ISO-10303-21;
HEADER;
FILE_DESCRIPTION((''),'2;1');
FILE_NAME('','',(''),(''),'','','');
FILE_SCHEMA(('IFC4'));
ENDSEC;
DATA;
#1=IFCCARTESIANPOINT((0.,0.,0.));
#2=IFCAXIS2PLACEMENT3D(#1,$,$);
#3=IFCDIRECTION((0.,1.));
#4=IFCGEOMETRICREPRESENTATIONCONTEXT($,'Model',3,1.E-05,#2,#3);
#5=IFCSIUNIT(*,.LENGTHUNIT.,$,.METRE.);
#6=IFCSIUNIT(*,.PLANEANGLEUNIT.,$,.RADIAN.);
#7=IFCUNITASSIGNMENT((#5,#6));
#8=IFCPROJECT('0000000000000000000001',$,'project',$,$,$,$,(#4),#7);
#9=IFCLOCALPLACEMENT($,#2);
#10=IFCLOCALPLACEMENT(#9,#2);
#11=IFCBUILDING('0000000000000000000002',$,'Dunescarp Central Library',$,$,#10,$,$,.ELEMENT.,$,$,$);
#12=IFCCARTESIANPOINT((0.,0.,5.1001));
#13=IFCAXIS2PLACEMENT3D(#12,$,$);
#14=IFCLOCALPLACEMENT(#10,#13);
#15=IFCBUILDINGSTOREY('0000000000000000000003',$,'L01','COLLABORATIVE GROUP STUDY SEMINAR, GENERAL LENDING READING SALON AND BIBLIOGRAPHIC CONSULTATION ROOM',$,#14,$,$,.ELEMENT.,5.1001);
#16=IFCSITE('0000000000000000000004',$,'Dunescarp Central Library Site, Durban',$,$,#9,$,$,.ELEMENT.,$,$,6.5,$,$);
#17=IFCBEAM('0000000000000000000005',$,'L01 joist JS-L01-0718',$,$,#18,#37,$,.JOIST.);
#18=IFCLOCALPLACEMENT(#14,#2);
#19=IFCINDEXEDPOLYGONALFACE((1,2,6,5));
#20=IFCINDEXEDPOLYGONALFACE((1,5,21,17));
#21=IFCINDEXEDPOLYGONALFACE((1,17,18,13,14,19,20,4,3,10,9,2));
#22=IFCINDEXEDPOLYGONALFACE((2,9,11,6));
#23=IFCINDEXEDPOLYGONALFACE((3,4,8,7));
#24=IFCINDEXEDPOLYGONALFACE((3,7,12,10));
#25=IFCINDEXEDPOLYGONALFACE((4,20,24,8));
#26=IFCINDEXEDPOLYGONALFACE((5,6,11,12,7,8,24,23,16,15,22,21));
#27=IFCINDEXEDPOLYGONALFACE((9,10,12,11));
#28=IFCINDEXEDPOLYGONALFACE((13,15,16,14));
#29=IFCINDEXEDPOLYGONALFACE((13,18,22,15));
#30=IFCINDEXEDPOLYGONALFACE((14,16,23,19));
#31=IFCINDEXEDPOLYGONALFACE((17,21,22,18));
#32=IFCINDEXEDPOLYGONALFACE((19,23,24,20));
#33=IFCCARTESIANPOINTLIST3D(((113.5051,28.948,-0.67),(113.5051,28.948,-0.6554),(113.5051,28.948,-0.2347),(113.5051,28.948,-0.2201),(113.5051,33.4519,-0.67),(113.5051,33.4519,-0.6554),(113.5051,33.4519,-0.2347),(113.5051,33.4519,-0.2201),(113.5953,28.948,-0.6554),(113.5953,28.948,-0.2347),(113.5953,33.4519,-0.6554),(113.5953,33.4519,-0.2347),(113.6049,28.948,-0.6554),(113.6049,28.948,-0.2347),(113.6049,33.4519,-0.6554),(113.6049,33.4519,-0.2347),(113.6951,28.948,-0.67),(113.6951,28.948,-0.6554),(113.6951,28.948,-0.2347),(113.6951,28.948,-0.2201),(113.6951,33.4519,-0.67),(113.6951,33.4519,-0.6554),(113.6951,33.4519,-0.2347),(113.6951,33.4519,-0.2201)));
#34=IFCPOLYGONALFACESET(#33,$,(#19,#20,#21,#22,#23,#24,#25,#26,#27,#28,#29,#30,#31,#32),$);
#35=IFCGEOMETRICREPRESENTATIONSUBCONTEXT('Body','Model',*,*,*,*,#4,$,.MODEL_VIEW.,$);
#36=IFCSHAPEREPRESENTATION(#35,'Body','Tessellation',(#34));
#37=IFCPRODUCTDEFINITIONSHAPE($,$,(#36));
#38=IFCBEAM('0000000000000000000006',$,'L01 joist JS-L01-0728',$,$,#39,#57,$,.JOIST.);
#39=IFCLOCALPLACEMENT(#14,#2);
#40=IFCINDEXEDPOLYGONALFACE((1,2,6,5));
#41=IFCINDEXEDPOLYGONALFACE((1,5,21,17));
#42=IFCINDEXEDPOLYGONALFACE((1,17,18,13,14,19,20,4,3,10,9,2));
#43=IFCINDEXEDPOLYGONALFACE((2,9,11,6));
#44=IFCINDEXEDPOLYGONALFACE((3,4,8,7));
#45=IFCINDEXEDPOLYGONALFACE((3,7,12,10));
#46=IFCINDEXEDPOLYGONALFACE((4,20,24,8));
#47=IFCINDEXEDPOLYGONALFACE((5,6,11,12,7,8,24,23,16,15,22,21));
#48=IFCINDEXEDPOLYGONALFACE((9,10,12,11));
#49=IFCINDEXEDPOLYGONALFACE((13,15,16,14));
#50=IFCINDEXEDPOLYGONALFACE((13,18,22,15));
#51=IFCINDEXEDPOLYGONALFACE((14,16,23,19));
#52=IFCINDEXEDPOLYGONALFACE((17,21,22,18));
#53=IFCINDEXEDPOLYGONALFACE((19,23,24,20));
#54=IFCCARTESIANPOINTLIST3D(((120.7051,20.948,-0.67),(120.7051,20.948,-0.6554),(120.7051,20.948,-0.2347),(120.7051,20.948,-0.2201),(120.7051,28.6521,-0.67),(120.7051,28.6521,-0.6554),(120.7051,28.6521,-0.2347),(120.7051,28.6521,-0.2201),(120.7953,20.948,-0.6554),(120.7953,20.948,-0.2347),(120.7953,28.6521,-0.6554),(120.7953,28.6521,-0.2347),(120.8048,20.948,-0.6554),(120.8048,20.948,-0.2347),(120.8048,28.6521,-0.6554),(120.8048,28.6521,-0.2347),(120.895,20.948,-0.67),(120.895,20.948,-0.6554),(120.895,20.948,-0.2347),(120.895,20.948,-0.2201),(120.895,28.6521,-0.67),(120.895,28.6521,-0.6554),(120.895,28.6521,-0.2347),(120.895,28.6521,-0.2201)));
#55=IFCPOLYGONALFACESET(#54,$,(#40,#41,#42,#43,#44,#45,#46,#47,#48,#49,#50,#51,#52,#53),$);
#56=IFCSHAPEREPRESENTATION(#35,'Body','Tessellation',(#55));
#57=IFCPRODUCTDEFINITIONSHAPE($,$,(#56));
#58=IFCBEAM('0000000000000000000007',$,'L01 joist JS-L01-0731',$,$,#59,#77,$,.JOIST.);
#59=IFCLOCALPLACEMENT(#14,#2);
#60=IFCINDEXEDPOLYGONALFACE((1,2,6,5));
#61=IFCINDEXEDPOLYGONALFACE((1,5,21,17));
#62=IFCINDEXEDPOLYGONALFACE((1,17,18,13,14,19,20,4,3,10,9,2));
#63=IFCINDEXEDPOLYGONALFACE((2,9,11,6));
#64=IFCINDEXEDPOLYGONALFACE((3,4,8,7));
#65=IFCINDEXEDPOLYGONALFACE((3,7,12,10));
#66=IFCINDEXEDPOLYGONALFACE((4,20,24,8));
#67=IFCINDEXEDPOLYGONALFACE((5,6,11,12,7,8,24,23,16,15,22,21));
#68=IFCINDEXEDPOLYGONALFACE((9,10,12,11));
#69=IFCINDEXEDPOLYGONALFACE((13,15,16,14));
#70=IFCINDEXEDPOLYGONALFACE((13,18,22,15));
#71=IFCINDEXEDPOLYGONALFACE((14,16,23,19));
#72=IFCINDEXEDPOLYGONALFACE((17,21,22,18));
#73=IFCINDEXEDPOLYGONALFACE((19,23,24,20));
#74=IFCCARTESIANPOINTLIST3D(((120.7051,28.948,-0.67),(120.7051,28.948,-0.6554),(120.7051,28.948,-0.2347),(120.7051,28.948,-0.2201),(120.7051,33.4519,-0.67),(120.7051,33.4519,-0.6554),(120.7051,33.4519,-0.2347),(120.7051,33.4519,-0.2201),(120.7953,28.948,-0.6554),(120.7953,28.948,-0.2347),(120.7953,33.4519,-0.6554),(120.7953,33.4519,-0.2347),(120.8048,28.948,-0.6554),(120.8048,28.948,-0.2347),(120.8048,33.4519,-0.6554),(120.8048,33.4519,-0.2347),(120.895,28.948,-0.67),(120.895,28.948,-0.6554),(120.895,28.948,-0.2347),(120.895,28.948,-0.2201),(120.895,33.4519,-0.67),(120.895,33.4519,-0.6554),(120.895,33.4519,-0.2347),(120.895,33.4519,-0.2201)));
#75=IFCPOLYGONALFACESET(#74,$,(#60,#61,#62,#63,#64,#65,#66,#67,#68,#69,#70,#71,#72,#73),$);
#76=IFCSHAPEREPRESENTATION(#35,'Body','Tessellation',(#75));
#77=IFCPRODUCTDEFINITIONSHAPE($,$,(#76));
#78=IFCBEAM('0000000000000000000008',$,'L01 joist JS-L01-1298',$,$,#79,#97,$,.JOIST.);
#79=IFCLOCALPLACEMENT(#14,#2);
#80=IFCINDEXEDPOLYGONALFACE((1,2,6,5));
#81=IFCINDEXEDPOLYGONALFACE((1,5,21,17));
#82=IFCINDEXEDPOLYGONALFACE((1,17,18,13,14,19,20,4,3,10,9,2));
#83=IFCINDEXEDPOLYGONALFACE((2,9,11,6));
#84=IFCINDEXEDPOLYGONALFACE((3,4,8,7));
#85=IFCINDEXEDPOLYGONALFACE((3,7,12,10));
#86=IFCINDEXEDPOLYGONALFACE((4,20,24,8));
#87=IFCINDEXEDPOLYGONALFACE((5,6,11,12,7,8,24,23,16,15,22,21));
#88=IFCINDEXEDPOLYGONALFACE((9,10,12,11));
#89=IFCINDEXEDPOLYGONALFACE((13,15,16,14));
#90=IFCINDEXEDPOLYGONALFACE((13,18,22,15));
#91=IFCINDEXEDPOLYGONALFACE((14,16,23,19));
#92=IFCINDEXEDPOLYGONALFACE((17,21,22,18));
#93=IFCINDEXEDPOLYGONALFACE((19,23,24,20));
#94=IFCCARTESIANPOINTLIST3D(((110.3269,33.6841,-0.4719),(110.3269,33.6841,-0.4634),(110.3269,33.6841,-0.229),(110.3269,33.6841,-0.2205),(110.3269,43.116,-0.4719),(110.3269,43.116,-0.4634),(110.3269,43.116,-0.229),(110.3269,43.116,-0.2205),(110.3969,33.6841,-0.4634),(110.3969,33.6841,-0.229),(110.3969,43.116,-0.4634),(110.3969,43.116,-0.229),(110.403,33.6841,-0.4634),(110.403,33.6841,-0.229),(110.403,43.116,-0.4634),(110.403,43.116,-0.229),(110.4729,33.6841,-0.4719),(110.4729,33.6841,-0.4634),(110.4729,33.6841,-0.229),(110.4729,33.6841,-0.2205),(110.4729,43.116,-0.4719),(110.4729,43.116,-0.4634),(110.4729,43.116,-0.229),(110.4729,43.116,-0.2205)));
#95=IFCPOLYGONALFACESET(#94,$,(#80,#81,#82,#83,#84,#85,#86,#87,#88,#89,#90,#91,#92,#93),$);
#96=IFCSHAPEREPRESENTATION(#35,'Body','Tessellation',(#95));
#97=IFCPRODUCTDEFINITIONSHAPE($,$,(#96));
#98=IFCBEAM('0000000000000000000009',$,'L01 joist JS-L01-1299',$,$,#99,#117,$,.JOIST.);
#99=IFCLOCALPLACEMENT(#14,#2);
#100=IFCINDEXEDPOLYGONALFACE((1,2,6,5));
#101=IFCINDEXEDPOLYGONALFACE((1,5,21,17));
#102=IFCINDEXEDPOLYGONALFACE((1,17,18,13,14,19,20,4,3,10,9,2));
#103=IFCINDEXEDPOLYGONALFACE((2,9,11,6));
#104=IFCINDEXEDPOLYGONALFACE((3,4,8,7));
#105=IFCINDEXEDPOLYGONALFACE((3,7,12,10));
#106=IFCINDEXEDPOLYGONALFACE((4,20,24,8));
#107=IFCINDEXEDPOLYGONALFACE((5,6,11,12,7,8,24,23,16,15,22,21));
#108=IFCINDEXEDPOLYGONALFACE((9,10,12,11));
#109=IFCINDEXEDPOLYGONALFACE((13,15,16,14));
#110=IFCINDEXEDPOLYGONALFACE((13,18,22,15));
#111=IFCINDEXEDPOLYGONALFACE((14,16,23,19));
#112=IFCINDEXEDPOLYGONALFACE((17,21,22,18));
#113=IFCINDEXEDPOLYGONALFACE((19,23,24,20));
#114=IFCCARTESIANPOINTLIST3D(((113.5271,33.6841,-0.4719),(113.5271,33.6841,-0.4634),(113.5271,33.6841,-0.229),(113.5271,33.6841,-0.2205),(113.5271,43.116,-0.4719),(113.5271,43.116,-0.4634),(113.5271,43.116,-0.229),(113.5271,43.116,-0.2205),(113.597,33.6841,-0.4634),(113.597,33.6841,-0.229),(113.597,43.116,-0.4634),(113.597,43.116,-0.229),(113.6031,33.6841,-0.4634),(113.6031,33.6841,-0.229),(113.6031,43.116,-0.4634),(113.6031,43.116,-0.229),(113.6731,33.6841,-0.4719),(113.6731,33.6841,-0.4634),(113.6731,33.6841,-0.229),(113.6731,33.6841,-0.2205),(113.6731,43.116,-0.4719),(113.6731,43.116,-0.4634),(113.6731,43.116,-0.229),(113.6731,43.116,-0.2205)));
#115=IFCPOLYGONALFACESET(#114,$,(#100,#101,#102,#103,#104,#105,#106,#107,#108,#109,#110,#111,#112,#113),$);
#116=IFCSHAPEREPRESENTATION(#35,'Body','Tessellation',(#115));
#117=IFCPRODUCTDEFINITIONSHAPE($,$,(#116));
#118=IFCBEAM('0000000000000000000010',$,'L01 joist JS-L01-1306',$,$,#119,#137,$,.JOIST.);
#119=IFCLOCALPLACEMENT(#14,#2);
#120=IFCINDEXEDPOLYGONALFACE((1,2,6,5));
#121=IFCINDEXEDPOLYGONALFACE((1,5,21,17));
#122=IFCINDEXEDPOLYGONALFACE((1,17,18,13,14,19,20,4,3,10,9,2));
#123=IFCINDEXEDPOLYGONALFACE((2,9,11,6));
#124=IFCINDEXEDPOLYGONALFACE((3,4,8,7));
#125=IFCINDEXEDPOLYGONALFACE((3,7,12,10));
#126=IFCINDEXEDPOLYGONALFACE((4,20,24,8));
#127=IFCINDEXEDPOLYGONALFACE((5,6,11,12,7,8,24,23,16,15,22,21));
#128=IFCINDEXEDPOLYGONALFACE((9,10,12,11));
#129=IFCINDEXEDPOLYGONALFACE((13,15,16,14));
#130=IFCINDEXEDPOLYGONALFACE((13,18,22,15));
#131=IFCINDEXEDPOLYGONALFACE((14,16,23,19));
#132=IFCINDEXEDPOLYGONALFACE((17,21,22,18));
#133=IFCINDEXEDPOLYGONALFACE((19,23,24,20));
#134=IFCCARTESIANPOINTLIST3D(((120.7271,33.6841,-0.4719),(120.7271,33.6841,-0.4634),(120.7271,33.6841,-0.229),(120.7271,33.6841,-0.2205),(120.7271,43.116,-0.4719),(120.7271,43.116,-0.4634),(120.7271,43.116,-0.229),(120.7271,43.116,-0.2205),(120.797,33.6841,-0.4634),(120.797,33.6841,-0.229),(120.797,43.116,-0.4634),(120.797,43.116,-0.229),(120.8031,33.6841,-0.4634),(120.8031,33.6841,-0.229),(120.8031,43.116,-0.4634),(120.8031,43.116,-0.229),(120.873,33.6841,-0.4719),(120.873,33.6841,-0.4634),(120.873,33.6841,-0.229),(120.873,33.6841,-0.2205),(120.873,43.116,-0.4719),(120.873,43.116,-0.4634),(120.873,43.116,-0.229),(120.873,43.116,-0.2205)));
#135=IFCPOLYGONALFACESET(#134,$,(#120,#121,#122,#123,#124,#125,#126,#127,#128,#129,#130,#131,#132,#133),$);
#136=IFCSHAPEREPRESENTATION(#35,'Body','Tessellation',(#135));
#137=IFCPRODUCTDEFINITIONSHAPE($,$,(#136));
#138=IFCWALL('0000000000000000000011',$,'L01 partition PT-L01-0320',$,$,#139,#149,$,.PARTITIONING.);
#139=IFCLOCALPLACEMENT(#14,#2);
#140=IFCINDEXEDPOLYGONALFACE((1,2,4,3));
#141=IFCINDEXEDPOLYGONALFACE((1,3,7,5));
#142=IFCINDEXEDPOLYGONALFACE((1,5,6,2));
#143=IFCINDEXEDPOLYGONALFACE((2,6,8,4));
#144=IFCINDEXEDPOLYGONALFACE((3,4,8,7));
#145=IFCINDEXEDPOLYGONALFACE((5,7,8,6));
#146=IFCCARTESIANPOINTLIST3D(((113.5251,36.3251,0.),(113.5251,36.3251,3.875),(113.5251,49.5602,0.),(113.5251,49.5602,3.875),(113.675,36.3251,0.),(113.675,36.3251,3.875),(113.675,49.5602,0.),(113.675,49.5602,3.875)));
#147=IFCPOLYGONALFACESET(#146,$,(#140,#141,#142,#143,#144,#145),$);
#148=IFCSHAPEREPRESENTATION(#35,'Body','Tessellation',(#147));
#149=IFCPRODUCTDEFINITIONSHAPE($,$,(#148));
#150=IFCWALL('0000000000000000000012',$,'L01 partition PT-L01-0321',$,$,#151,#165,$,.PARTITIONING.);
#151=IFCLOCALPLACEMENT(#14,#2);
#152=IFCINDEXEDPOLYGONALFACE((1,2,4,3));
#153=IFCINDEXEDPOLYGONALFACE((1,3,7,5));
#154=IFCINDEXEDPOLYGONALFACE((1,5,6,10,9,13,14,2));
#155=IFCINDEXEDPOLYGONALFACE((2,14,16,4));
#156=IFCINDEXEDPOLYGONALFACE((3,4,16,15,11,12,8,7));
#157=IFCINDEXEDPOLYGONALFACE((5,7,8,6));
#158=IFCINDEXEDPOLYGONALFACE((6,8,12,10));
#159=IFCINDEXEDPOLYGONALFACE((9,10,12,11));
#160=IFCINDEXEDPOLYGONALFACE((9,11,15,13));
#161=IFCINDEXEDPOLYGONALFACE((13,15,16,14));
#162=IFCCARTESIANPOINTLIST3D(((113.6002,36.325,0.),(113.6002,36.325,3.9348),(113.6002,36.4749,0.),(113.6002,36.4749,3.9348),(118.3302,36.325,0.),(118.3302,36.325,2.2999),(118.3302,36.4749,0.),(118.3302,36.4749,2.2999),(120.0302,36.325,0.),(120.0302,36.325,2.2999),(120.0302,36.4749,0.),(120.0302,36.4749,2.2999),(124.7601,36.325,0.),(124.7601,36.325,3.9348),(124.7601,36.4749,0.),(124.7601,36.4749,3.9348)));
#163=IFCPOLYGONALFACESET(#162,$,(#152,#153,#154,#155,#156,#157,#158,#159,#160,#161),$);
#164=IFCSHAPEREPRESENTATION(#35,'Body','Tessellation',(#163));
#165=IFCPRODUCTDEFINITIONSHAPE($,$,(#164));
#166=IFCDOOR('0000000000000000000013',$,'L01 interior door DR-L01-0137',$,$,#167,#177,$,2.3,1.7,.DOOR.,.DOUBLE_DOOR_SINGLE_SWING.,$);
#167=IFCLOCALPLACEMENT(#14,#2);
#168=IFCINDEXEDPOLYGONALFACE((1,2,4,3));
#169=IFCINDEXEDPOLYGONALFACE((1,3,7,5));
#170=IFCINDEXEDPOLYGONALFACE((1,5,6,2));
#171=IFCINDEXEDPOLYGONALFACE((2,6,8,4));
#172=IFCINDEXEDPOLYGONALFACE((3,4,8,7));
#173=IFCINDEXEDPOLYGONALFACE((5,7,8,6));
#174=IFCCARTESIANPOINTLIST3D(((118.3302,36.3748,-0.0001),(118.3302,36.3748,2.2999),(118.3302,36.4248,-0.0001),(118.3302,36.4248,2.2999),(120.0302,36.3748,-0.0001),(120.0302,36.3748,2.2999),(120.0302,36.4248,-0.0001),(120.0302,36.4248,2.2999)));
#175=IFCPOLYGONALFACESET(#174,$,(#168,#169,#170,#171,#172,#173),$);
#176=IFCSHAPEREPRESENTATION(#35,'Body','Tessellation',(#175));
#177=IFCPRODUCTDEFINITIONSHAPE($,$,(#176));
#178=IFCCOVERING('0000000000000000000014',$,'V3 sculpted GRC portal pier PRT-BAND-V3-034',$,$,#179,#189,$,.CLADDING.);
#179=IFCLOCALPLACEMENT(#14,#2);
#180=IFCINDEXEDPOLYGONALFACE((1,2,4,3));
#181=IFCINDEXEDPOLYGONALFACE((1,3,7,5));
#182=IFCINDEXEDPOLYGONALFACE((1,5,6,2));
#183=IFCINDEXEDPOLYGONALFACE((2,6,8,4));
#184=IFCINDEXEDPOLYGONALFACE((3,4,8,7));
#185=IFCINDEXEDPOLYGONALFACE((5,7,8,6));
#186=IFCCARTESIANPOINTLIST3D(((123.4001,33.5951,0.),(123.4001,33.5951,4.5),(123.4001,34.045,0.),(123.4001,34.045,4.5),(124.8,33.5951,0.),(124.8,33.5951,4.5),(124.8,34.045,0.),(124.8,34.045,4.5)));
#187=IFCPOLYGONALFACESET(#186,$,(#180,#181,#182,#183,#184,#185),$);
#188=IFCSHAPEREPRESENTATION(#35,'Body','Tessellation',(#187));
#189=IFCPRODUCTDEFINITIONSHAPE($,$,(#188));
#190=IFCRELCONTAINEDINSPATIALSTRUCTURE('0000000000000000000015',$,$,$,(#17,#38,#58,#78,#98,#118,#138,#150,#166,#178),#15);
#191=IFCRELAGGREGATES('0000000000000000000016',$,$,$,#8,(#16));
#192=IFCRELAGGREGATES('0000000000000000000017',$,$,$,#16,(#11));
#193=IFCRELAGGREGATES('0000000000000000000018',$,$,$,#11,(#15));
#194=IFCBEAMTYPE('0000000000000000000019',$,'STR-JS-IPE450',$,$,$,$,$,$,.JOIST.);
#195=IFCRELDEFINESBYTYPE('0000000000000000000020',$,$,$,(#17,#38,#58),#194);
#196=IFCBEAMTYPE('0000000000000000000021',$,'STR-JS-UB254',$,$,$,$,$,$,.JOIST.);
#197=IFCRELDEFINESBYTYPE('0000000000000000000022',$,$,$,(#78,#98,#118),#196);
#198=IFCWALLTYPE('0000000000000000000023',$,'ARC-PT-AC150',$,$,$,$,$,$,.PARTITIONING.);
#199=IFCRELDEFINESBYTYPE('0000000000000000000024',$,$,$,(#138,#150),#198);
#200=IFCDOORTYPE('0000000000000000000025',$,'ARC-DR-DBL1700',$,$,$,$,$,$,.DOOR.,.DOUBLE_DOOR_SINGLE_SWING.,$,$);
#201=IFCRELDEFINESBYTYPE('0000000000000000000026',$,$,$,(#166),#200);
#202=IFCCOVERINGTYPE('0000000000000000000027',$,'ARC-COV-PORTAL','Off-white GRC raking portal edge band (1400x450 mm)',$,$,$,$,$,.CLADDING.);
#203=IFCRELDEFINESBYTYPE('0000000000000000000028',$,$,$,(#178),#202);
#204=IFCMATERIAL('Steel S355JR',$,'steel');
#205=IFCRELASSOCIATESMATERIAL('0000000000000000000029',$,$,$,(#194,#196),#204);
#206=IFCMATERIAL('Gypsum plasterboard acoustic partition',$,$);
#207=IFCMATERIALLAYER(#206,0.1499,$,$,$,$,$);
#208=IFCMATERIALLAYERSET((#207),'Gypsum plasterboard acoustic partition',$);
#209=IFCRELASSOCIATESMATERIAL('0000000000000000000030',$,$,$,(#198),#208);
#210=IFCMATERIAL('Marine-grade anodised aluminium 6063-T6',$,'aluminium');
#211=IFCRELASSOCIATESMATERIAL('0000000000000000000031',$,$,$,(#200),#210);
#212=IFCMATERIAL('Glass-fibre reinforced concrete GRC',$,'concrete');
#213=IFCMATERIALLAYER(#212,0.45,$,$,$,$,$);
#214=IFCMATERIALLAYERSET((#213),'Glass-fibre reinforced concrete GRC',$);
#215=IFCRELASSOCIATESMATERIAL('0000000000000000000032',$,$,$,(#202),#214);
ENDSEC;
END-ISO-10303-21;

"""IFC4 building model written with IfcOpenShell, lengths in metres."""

from ifc_helpers import new_model, si_unit, direction, frame, frame_2d, origin, origin_2d, place, context, subcontext, project, spatial, rectangle, i_section, extrude, material, layer, layer_set, material_profile, profile_set, type_object, element, fill, save


model = new_model("IFC4")

# Units and contexts
model_context = context("Model", 3, precision=1e-05, world=origin(), true_north=direction((0.0, 1.0)))
body_context = subcontext(model_context, "Body", "Model", "MODEL_VIEW")
ifc_project = project(units=[si_unit("LENGTHUNIT", "METRE"), si_unit("PLANEANGLEUNIT", "RADIAN")], contexts=[model_context])

# Site, building, storey
site_placement = place(None, origin())
site = spatial("IfcSite", under=ifc_project, at=site_placement, Name="Dunescarp Central Library Site, Durban", CompositionType="ELEMENT", RefElevation=6.5)
building_placement = place(site_placement, origin())
building = spatial("IfcBuilding", under=site, at=building_placement, Name="Dunescarp Central Library", CompositionType="ELEMENT")
storey_placement = place(building_placement, frame((0.0, 0.0, 5.1001)))
storey = spatial("IfcBuildingStorey", under=building, at=storey_placement, Name="L01", Description="COLLABORATIVE GROUP STUDY SEMINAR, GENERAL LENDING READING SALON AND BIBLIOGRAPHIC CONSULTATION ROOM", CompositionType="ELEMENT", Elevation=5.1001)

# Shared definitions
ifc_material_1 = material(Name="Steel S355JR", Category="steel")

# Beams
ifc_material_profile_1 = material_profile(ifc_material_1, i_section(OverallWidth=0.1899, OverallDepth=0.45, WebThickness=0.0095, FlangeThickness=0.0146, at=origin_2d()), Name="IPE 450")
ifc_profile_set_1 = profile_set([ifc_material_profile_1], Name="Steel S355JR")
beam_type_1 = type_object("IfcBeamType", Name="STR-JS-IPE450", PredefinedType="JOIST", material=ifc_profile_set_1)
for number, where, z_axis, x_axis, name in (
    (1, (113.6001, 28.948, -0.4451), (0.0, 1.0, 0.0), (-1.0, 0.0, 0.0), "L01 joist JS-L01-0718"),
):
    element("IfcBeam", number, at=place(storey_placement, frame(where, z_axis=z_axis, x_axis=x_axis)), inside=storey, type_object=beam_type_1, Name=name, PredefinedType="JOIST", context=body_context, shape_type="SweptSolid", body=[
        extrude(i_section(OverallWidth=0.1899, OverallDepth=0.45, WebThickness=0.0095, FlangeThickness=0.0146, at=origin_2d()), origin(), (0.0, 0.0, 1.0), 4.5039),
    ])
beam_1_placement = place(storey_placement, frame((120.8, 20.948, -0.4451), z_axis=(0.0, 1.0, 0.0), x_axis=(-1.0, 0.0, 0.0)))
element("IfcBeam", 2, at=beam_1_placement, inside=storey, type_object=beam_type_1, Name="L01 joist JS-L01-0728", PredefinedType="JOIST", context=body_context, shape_type="SweptSolid", body=[
    extrude(i_section(OverallWidth=0.1899, OverallDepth=0.45, WebThickness=0.0095, FlangeThickness=0.0146, at=origin_2d()), origin(), (0.0, 0.0, 1.0), 7.7041),
])
beam_2_placement = place(storey_placement, frame((120.8, 28.948, -0.4451), z_axis=(0.0, 1.0, 0.0), x_axis=(-1.0, 0.0, 0.0)))
element("IfcBeam", 3, at=beam_2_placement, inside=storey, type_object=beam_type_1, Name="L01 joist JS-L01-0731", PredefinedType="JOIST", context=body_context, shape_type="SweptSolid", body=[
    extrude(i_section(OverallWidth=0.1899, OverallDepth=0.45, WebThickness=0.0095, FlangeThickness=0.0146, at=origin_2d()), origin(), (0.0, 0.0, 1.0), 4.5039),
])
ifc_material_profile_2 = material_profile(ifc_material_1, i_section(OverallWidth=0.146, OverallDepth=0.2515, WebThickness=0.0061, FlangeThickness=0.0085, at=origin_2d()), Name="UB 254x146x31")
ifc_profile_set_2 = profile_set([ifc_material_profile_2], Name="Steel S355JR")
beam_type_2 = type_object("IfcBeamType", Name="STR-JS-UB254", PredefinedType="JOIST", material=ifc_profile_set_2)
for number, where, z_axis, x_axis, name in (
    (4, (110.3999, 33.6841, -0.3462), (0.0, 1.0, 0.0), (-1.0, 0.0, 0.0), "L01 joist JS-L01-1298"),
    (5, (113.6001, 33.6841, -0.3462), (0.0, 1.0, 0.0), (-1.0, 0.0, 0.0), "L01 joist JS-L01-1299"),
    (6, (120.8, 33.6841, -0.3462), (0.0, 1.0, 0.0), (-1.0, 0.0, 0.0), "L01 joist JS-L01-1306"),
):
    element("IfcBeam", number, at=place(storey_placement, frame(where, z_axis=z_axis, x_axis=x_axis)), inside=storey, type_object=beam_type_2, Name=name, PredefinedType="JOIST", context=body_context, shape_type="SweptSolid", body=[
        extrude(i_section(OverallWidth=0.146, OverallDepth=0.2515, WebThickness=0.0061, FlangeThickness=0.0085, at=origin_2d()), origin(), (0.0, 0.0, 1.0), 9.4319),
    ])

# Wall
ifc_material_2 = material(Name="Gypsum plasterboard acoustic partition")
ifc_layer_1 = layer(ifc_material_2, 0.1499)
ifc_layer_set_1 = layer_set([ifc_layer_1], Name="Gypsum plasterboard acoustic partition")
wall_type = type_object("IfcWallType", Name="ARC-PT-AC150", PredefinedType="PARTITIONING", material=ifc_layer_set_1)
wall_1_placement = place(storey_placement, frame((113.6001, 36.325, 0.0), z_axis=(0.0, 0.0, 1.0), x_axis=(0.0, 1.0, 0.0)))
element("IfcWall", 7, at=wall_1_placement, inside=storey, type_object=wall_type, Name="L01 partition PT-L01-0320", PredefinedType="PARTITIONING", context=body_context, shape_type="SweptSolid", body=[
    extrude(rectangle(XDim=13.2351, YDim=0.1499, at=frame_2d((6.6177, 0.0))), origin(), (0.0, 0.0, 1.0), 3.875),
])

# Wall, opening, door
wall_2_placement = place(storey_placement, frame((113.6001, 36.3999, 0.0), z_axis=(0.0, 0.0, 1.0), x_axis=(1.0, 0.0, 0.0)))
wall_2 = element("IfcWall", 8, at=wall_2_placement, inside=storey, type_object=wall_type, Name="L01 partition PT-L01-0321", PredefinedType="PARTITIONING", context=body_context, shape_type="SweptSolid", body=[
    extrude(rectangle(XDim=11.1599, YDim=0.1499, at=frame_2d((5.5801, 0.0))), origin(), (0.0, 0.0, 1.0), 3.9348),
])
opening_placement = place(wall_2_placement, frame((4.73, 0.0, 0.0)))
opening = element("IfcOpeningElement", 9, at=opening_placement, cuts=wall_2, PredefinedType="OPENING", context=body_context, shape_type="SweptSolid", body=[
    extrude(rectangle(XDim=1.7, YDim=2.3, at=frame_2d((0.8501, 1.1499))), frame((0.0, 0.085, 0.0), z_axis=(0.0, -1.0, 0.0), x_axis=(1.0, 0.0, 0.0)), (0.0, 0.0, 1.0), 0.1699),
])
ifc_material_3 = material(Name="Marine-grade anodised aluminium 6063-T6", Category="aluminium")
door_type = type_object("IfcDoorType", Name="ARC-DR-DBL1700", OperationType="DOUBLE_DOOR_SINGLE_SWING", PredefinedType="DOOR", material=ifc_material_3)
door_placement = place(opening_placement, origin())
door = element("IfcDoor", 10, at=door_placement, inside=storey, type_object=door_type, Name="L01 interior door DR-L01-0137", OperationType="DOUBLE_DOOR_SINGLE_SWING", OverallHeight=2.3, OverallWidth=1.7, PredefinedType="DOOR", context=body_context, shape_type="SweptSolid", body=[
    extrude(rectangle(XDim=1.7, YDim=2.3, at=frame_2d((0.8501, 1.1499))), frame((0.0, 0.0249, 0.0), z_axis=(0.0, -1.0, 0.0), x_axis=(1.0, 0.0, 0.0)), (0.0, 0.0, 1.0), 0.05),
])
fill(opening, door)

# Covering
ifc_material_4 = material(Name="Glass-fibre reinforced concrete GRC", Category="concrete")
ifc_layer_2 = layer(ifc_material_4, 0.45)
ifc_layer_set_2 = layer_set([ifc_layer_2], Name="Glass-fibre reinforced concrete GRC")
covering_type = type_object("IfcCoveringType", Name="ARC-COV-PORTAL", Description="Off-white GRC raking portal edge band (1400x450 mm)", PredefinedType="CLADDING", material=ifc_layer_set_2)
covering_placement = place(storey_placement, frame((124.1001, 33.8201, 0.0), z_axis=(0.0, 0.0, 1.0), x_axis=(1.0, 0.0, 0.0)))
element("IfcCovering", 11, at=covering_placement, inside=storey, type_object=covering_type, Name="V3 sculpted GRC portal pier PRT-BAND-V3-034", PredefinedType="CLADDING", context=body_context, shape_type="SweptSolid", body=[
    extrude(rectangle(XDim=1.3999, YDim=0.45, at=origin_2d()), origin(), (0.0, 0.0, 1.0), 4.5),
])

save(model, "model.ifc")
